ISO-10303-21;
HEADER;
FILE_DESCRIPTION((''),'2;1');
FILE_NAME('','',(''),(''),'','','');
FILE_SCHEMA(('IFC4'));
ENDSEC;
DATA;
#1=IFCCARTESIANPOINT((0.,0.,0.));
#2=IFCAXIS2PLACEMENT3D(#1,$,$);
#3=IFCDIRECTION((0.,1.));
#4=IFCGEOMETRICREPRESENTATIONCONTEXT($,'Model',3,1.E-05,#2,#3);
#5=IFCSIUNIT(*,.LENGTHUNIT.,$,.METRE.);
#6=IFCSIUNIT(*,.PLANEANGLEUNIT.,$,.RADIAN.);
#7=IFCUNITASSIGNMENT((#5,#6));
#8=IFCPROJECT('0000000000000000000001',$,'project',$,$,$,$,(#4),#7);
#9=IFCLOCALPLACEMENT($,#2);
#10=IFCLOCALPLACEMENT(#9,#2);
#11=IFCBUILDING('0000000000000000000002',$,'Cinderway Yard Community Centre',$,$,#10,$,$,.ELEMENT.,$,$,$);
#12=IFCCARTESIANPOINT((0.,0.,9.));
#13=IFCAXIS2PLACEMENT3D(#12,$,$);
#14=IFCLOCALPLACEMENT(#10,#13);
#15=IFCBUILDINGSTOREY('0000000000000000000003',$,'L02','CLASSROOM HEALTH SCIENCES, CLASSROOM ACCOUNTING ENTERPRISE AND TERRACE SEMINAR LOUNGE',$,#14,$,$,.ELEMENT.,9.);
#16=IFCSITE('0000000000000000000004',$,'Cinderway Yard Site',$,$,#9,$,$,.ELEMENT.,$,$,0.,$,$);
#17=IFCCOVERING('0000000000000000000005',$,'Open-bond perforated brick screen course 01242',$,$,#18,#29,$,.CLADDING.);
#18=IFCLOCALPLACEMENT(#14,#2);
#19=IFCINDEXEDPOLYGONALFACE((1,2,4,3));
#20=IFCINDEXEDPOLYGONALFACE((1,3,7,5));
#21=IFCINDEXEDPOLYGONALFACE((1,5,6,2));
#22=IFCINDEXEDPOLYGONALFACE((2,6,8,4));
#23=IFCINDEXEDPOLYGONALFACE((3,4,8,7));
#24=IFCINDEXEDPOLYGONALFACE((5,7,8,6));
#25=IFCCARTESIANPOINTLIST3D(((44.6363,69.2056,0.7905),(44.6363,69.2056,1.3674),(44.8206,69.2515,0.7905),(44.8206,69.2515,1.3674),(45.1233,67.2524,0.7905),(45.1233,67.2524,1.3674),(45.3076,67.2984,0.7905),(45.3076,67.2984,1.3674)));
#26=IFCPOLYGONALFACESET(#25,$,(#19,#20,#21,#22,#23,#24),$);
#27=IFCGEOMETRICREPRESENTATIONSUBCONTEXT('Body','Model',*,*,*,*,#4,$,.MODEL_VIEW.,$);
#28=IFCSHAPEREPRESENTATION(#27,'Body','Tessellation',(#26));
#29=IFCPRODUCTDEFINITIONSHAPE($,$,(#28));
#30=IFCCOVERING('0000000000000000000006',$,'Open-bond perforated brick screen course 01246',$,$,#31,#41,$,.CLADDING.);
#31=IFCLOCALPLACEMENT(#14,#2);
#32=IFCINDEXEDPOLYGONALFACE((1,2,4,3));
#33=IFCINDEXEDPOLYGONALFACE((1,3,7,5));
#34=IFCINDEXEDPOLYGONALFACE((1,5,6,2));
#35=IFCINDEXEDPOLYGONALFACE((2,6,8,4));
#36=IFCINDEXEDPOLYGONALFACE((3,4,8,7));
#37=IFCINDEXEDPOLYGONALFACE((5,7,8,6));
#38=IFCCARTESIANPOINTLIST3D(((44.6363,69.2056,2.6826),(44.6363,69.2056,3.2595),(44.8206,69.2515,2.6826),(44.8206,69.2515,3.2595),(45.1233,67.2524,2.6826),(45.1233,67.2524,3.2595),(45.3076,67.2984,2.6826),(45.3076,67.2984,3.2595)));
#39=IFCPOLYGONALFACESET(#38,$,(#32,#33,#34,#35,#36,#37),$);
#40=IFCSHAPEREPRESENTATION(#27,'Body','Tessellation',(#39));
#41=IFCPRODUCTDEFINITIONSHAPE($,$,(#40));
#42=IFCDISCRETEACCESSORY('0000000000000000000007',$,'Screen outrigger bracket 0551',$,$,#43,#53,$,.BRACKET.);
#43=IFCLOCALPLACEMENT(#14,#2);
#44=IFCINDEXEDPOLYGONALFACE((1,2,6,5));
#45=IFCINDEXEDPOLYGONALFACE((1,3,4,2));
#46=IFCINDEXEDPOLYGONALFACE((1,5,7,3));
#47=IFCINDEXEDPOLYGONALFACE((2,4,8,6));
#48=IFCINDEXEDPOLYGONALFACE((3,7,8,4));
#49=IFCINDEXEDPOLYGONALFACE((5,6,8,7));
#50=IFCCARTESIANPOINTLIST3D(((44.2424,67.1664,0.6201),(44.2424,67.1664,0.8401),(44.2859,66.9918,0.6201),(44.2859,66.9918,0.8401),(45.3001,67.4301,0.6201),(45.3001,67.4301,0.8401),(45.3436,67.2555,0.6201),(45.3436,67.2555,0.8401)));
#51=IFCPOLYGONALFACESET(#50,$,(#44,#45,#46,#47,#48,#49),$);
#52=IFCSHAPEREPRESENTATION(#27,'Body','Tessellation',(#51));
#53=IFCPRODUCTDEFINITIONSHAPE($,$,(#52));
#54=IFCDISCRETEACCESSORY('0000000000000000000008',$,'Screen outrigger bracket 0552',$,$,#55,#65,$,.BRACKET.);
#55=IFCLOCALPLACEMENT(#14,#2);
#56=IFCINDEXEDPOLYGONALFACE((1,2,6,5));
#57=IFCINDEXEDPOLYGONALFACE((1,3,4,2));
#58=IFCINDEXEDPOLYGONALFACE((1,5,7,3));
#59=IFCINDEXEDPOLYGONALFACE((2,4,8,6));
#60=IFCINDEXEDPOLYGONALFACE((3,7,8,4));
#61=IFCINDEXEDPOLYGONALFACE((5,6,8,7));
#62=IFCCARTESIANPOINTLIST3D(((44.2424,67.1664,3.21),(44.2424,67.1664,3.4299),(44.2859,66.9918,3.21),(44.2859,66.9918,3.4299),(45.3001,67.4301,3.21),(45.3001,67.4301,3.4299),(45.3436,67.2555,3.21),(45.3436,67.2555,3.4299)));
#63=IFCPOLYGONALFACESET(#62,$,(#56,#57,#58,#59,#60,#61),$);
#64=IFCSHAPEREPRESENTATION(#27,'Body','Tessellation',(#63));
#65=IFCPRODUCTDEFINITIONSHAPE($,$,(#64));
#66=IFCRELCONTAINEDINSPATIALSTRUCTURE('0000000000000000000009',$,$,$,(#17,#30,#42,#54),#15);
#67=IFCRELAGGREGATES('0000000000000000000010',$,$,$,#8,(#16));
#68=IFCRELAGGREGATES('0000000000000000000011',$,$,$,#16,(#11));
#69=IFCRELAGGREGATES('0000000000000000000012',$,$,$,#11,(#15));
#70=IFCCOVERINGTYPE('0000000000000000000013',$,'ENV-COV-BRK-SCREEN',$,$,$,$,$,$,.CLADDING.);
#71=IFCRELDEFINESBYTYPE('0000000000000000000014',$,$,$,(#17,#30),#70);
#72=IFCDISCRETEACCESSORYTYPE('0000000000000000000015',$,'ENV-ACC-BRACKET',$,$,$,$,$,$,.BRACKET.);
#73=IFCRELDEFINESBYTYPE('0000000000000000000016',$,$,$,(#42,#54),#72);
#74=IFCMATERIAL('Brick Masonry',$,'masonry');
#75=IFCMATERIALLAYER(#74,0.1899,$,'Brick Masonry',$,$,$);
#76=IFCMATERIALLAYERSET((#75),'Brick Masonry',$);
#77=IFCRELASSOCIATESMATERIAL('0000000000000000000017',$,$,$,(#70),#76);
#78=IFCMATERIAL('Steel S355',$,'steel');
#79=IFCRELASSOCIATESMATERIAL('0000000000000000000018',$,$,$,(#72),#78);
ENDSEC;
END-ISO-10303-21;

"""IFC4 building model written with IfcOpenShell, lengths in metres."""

from ifc_helpers import new_model, si_unit, direction, frame, origin, origin_2d, place, context, subcontext, project, spatial, rectangle, extrude, material, layer, layer_set, type_object, element, save


model = new_model("IFC4")

# Units and contexts
model_context = context("Model", 3, precision=1e-05, world=origin(), true_north=direction((0.0, 1.0)))
body_context = subcontext(model_context, "Body", "Model", "MODEL_VIEW")
ifc_project = project(units=[si_unit("LENGTHUNIT", "METRE"), si_unit("PLANEANGLEUNIT", "RADIAN")], contexts=[model_context])

# Site, building, storey
site_placement = place(None, origin())
site = spatial("IfcSite", under=ifc_project, at=site_placement, Name="Cinderway Yard Site", CompositionType="ELEMENT", RefElevation=0.0)
building_placement = place(site_placement, origin())
building = spatial("IfcBuilding", under=site, at=building_placement, Name="Cinderway Yard Community Centre", CompositionType="ELEMENT")
storey_placement = place(building_placement, frame((0.0, 0.0, 9.0)))
storey = spatial("IfcBuildingStorey", under=building, at=storey_placement, Name="L02", Description="CLASSROOM HEALTH SCIENCES, CLASSROOM ACCOUNTING ENTERPRISE AND TERRACE SEMINAR LOUNGE", CompositionType="ELEMENT", Elevation=9.0)

# Shared definitions
ifc_material_1 = material(Name="Steel S355", Category="steel")

# Coverings
ifc_material_2 = material(Name="Brick Masonry", Category="masonry")
ifc_layer_1 = layer(ifc_material_2, 0.1899, Name="Brick Masonry")
ifc_layer_set_1 = layer_set([ifc_layer_1], Name="Brick Masonry")
covering_type = type_object("IfcCoveringType", Name="ENV-COV-BRK-SCREEN", PredefinedType="CLADDING", material=ifc_layer_set_1)
for number, where, z_axis, x_axis, name in (
    (1, (44.9719, 68.252, 0.7905), (0.0, 0.0, 1.0), (0.241922, -0.970296, 0.0), "Open-bond perforated brick screen course 01242"),
    (2, (44.9719, 68.252, 2.6826), (0.0, 0.0, 1.0), (0.241922, -0.970296, 0.0), "Open-bond perforated brick screen course 01246"),
):
    element("IfcCovering", number, at=place(storey_placement, frame(where, z_axis=z_axis, x_axis=x_axis)), inside=storey, type_object=covering_type, Name=name, PredefinedType="CLADDING", context=body_context, shape_type="SweptSolid", body=[
        extrude(rectangle(XDim=2.0129, YDim=0.1899, at=origin_2d()), origin(), (0.0, 0.0, 1.0), 0.5769),
    ])

# Discrete accessories
discrete_accessory_type = type_object("IfcDiscreteAccessoryType", Name="ENV-ACC-BRACKET", PredefinedType="BRACKET", material=ifc_material_1)
for number, where, z_axis, x_axis, name in (
    (3, (44.793, 67.2109, 0.6201), (0.0, 0.0, 1.0), (0.970296, 0.241922, 0.0), "Screen outrigger bracket 0551"),
    (4, (44.793, 67.2109, 3.21), (0.0, 0.0, 1.0), (0.970296, 0.241922, 0.0), "Screen outrigger bracket 0552"),
):
    element("IfcDiscreteAccessory", number, at=place(storey_placement, frame(where, z_axis=z_axis, x_axis=x_axis)), inside=storey, type_object=discrete_accessory_type, Name=name, PredefinedType="BRACKET", context=body_context, shape_type="SweptSolid", body=[
        extrude(rectangle(XDim=1.0901, YDim=0.1799, at=origin_2d()), origin(), (0.0, 0.0, 1.0), 0.22),
    ])

save(model, "model.ifc")
